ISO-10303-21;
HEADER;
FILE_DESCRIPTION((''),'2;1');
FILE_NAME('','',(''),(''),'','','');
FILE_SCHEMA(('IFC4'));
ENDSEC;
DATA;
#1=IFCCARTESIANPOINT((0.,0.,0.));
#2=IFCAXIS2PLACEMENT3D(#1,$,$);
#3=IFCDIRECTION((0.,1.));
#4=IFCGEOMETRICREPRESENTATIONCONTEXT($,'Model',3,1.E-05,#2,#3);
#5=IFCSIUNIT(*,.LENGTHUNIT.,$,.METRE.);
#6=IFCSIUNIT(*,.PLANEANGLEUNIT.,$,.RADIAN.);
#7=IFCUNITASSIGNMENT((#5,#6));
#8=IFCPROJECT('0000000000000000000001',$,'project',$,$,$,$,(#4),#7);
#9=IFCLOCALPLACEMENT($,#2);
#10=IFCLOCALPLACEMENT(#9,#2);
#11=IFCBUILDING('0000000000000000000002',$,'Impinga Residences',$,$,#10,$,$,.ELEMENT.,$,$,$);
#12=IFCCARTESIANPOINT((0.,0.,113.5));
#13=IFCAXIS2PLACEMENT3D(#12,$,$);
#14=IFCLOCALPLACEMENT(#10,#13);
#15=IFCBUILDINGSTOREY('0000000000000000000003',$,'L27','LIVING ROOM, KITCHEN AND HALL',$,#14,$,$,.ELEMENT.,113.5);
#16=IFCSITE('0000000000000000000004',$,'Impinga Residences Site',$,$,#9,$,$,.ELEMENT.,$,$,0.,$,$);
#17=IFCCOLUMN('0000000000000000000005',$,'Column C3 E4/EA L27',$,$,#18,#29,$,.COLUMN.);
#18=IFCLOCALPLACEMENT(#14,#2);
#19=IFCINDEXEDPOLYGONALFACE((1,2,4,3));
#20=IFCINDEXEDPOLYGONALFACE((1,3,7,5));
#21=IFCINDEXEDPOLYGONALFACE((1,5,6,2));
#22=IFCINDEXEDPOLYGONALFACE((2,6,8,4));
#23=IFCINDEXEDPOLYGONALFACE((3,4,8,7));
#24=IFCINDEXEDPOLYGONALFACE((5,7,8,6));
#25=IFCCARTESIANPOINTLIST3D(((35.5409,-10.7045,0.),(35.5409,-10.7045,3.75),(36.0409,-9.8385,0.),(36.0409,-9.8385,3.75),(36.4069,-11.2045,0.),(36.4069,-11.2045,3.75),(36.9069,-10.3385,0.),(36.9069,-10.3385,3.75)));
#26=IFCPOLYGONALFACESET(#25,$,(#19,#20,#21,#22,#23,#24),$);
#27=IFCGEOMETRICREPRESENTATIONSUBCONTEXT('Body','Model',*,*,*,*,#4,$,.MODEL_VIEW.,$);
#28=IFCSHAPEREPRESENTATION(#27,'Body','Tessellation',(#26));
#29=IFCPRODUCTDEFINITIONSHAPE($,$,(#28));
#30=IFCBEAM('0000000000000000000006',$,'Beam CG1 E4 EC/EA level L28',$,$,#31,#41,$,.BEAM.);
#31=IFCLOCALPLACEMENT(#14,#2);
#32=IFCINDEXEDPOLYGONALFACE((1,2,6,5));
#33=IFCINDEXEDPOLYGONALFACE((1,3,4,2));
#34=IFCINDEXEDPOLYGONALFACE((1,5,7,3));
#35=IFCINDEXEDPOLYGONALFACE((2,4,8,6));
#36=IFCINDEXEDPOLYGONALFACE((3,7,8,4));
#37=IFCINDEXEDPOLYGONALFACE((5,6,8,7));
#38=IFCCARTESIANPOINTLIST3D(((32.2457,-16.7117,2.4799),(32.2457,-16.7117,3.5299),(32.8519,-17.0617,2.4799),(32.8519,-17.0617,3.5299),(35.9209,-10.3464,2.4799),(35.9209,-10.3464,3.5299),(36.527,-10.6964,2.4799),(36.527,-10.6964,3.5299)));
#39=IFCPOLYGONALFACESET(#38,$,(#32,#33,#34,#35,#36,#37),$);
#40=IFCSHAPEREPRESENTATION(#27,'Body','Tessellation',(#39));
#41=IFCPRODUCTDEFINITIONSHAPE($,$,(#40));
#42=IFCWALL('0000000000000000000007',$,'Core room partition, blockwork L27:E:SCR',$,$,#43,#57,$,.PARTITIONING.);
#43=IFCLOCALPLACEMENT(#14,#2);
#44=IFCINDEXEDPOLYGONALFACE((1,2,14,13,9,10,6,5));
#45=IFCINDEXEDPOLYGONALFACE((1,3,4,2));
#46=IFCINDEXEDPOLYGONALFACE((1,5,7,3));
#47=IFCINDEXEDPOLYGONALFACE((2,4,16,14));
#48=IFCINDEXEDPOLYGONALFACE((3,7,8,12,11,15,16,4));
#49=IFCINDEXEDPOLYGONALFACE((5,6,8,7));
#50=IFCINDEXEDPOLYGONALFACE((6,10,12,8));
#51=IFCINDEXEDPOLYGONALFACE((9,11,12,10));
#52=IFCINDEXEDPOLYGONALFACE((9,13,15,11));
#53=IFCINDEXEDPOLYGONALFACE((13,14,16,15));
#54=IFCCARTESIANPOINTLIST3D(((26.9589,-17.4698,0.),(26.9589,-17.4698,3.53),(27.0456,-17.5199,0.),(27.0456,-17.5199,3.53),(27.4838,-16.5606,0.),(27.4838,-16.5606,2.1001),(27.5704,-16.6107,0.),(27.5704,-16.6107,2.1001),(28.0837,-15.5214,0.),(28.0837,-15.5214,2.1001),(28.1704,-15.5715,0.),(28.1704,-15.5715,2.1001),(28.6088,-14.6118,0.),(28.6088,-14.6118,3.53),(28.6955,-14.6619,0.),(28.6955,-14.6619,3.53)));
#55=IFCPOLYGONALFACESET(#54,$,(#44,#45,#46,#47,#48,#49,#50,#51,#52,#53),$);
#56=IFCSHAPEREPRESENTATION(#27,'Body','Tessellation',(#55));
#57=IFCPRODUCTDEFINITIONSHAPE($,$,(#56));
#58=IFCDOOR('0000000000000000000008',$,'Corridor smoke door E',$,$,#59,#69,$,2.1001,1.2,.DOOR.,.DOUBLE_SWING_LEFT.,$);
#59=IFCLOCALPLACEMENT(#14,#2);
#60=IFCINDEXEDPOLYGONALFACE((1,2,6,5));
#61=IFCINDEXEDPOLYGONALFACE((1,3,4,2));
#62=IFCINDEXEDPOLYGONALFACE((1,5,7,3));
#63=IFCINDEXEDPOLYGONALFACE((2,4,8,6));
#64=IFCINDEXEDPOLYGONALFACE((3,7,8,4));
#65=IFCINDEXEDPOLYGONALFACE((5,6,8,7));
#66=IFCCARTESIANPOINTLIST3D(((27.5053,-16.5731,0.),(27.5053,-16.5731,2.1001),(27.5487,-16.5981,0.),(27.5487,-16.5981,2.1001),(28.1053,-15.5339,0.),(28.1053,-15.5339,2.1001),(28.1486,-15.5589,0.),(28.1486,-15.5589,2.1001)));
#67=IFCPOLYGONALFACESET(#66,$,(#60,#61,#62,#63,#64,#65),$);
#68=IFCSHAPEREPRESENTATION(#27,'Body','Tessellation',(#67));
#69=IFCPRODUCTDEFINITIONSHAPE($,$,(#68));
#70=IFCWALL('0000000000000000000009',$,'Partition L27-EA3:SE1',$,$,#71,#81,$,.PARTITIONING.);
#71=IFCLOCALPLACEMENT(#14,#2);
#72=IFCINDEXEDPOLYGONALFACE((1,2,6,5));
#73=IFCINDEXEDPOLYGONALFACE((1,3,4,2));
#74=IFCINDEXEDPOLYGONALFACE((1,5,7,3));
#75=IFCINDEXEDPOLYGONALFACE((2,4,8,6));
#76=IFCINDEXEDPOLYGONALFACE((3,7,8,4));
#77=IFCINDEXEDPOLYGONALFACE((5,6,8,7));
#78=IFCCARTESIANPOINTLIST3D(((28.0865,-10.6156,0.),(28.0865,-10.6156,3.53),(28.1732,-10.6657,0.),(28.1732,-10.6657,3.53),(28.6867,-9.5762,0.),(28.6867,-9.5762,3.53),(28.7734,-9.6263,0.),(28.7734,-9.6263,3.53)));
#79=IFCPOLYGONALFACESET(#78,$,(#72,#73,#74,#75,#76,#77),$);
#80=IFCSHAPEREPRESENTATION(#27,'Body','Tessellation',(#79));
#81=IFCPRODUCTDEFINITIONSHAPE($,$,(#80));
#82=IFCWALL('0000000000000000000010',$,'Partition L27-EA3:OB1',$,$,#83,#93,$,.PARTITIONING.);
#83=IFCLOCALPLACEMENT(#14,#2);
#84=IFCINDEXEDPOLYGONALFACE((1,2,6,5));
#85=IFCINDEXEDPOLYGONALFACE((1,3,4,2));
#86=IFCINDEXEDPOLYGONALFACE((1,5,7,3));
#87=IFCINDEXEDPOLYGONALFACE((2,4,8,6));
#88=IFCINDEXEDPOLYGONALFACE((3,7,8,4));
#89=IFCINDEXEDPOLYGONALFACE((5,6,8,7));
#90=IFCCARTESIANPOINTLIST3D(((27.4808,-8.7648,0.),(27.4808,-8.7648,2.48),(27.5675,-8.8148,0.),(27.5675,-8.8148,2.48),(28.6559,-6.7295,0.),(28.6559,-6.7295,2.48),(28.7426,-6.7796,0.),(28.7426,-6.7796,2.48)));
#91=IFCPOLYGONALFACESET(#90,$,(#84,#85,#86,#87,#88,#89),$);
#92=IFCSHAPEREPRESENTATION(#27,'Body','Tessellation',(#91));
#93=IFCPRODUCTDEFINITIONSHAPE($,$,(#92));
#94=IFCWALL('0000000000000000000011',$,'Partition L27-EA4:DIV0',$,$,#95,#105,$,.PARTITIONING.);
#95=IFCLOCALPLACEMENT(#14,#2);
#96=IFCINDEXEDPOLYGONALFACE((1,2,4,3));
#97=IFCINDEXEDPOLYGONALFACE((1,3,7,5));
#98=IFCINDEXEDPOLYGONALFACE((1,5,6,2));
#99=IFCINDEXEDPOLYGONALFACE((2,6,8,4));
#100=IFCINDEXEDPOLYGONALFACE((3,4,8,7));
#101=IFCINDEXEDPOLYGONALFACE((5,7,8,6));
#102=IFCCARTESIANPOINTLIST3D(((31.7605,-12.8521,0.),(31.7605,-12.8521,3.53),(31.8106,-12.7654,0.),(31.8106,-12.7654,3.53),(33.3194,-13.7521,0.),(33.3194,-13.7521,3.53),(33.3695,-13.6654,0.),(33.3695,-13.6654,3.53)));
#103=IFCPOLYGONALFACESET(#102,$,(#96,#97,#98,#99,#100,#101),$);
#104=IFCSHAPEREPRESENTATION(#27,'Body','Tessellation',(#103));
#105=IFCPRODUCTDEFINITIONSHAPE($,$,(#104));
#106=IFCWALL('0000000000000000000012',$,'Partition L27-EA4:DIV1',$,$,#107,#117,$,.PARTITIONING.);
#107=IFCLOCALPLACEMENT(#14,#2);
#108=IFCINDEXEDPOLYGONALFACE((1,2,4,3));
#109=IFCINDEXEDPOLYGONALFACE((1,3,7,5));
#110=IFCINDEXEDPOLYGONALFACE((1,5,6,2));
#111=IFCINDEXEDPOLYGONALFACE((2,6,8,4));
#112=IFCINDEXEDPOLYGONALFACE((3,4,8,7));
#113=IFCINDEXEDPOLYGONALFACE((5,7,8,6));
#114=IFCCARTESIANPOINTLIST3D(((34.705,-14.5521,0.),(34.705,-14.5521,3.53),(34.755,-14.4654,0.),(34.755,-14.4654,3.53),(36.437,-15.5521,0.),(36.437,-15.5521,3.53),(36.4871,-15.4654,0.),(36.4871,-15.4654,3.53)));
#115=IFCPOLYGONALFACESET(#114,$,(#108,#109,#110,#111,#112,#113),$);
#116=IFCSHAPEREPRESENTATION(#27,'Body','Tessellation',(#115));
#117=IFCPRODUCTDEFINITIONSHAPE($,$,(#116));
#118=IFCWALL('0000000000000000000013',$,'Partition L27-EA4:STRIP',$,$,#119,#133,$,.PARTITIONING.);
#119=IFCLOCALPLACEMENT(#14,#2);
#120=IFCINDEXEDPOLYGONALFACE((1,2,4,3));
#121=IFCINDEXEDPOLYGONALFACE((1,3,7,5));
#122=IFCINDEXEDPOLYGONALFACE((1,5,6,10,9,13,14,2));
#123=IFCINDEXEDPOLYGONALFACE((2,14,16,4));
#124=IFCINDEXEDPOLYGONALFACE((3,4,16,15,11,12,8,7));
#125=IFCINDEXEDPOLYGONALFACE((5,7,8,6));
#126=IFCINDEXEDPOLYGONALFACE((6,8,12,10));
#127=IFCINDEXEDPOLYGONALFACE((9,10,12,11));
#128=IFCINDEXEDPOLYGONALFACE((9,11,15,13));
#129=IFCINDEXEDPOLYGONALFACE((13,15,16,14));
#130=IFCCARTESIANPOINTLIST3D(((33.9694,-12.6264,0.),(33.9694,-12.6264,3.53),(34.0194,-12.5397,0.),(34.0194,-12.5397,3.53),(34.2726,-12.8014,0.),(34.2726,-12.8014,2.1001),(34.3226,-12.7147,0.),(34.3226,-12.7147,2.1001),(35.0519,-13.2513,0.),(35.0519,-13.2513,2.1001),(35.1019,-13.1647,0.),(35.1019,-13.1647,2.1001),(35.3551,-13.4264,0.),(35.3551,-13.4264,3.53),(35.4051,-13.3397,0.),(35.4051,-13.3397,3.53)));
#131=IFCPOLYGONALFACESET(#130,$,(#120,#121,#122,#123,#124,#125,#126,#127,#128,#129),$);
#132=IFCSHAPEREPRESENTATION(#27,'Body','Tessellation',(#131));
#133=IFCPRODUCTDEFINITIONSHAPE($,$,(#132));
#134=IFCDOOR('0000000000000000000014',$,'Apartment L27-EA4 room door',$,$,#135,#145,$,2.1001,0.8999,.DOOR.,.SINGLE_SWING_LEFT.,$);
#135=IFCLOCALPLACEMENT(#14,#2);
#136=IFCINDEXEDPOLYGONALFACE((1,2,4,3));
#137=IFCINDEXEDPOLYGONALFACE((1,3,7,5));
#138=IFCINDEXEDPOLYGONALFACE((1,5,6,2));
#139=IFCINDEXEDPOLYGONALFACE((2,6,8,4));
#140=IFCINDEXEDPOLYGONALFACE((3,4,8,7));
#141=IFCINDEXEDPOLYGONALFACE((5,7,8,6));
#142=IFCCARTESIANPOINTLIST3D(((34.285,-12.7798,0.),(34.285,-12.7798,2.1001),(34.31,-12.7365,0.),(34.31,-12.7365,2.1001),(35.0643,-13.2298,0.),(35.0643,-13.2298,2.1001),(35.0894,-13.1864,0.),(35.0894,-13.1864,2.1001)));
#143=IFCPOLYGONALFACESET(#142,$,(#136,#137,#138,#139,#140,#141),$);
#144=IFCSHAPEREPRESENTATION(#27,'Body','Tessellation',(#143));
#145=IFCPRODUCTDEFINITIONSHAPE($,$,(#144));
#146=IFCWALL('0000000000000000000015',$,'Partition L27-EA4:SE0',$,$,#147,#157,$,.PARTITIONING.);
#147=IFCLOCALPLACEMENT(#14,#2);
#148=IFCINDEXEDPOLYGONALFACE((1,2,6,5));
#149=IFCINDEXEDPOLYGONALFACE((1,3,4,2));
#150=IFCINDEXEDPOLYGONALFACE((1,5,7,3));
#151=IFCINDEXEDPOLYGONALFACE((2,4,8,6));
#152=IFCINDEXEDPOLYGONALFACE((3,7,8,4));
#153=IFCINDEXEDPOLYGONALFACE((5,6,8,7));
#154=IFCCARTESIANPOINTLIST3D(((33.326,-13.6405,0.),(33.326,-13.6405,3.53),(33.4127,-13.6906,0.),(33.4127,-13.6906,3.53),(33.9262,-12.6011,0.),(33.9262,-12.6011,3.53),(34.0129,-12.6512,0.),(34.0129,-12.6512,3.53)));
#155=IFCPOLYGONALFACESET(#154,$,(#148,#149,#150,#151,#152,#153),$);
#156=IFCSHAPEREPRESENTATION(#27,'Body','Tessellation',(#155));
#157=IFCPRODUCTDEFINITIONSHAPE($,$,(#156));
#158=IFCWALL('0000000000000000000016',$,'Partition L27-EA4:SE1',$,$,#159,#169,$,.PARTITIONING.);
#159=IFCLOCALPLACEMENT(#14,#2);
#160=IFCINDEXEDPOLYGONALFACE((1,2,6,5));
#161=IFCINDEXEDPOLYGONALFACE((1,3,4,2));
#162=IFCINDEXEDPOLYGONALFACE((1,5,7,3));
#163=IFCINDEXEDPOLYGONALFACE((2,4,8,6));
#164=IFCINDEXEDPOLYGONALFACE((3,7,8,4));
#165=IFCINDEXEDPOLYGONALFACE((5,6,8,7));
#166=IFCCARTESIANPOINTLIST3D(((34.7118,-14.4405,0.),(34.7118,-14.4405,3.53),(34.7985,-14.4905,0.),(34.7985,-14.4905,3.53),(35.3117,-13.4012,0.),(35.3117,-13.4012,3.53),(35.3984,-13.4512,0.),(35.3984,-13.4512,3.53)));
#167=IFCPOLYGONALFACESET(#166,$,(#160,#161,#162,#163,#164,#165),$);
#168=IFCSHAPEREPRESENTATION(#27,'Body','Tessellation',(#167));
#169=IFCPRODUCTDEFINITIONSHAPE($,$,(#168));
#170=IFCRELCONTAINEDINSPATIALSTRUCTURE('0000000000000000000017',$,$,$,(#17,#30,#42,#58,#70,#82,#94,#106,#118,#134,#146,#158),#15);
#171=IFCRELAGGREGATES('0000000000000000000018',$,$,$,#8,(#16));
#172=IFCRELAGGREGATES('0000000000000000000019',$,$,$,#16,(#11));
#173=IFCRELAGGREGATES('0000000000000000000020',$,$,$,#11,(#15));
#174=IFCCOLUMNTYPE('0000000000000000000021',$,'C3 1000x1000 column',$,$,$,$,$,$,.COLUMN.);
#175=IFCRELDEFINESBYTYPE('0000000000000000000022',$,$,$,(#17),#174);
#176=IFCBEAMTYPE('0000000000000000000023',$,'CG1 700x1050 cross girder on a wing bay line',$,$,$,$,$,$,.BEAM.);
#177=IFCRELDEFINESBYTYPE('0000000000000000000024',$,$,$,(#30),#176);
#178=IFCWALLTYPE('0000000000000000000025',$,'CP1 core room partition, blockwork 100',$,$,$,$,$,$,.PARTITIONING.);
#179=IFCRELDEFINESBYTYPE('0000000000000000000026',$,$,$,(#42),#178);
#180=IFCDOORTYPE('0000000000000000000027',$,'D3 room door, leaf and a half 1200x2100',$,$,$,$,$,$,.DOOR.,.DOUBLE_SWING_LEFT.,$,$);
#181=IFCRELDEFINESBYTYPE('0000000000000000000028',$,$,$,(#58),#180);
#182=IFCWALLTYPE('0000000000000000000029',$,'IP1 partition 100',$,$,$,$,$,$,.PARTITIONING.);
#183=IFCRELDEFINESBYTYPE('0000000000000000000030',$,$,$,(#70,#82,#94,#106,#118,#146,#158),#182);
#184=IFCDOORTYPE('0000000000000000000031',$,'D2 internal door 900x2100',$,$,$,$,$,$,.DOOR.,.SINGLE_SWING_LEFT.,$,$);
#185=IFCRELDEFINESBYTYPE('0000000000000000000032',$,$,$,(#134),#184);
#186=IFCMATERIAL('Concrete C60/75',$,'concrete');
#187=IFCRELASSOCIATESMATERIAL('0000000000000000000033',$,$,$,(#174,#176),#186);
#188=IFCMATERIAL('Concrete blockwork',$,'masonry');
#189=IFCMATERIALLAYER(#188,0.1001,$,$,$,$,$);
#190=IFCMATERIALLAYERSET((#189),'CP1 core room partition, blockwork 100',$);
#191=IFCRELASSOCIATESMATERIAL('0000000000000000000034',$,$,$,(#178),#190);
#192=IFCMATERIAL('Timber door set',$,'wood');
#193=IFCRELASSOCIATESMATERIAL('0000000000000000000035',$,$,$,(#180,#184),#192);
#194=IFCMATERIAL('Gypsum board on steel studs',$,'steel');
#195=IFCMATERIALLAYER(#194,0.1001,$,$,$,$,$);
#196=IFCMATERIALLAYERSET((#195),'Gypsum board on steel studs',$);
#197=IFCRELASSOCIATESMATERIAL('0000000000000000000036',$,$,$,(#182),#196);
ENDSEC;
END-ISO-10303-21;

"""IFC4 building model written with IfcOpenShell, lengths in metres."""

from ifc_helpers import new_model, si_unit, direction, frame, frame_2d, origin, origin_2d, place, context, subcontext, project, spatial, rectangle, extrude, material, layer, layer_set, material_profile, profile_set, type_object, element, fill, save


model = new_model("IFC4")

# Units and contexts
model_context = context("Model", 3, precision=1e-05, world=origin(), true_north=direction((0.0, 1.0)))
body_context = subcontext(model_context, "Body", "Model", "MODEL_VIEW")
ifc_project = project(units=[si_unit("LENGTHUNIT", "METRE"), si_unit("PLANEANGLEUNIT", "RADIAN")], contexts=[model_context])

# Site, building, storey
site_placement = place(None, origin())
site = spatial("IfcSite", under=ifc_project, at=site_placement, Name="Impinga Residences Site", CompositionType="ELEMENT", RefElevation=0.0)
building_placement = place(site_placement, origin())
building = spatial("IfcBuilding", under=site, at=building_placement, Name="Impinga Residences", CompositionType="ELEMENT")
storey_placement = place(building_placement, frame((0.0, 0.0, 113.5)))
storey = spatial("IfcBuildingStorey", under=building, at=storey_placement, Name="L27", Description="LIVING ROOM, KITCHEN AND HALL", CompositionType="ELEMENT", Elevation=113.5)

# Column
ifc_material_1 = material(Name="Concrete C60/75", Category="concrete")
ifc_material_profile_1 = material_profile(ifc_material_1, rectangle(XDim=1.0, YDim=1.0, at=origin_2d()), Name="RC 1000x1000")
ifc_profile_set_1 = profile_set([ifc_material_profile_1], Name="Concrete C60/75")
column_type = type_object("IfcColumnType", Name="C3 1000x1000 column", PredefinedType="COLUMN", material=ifc_profile_set_1)
column_placement = place(storey_placement, frame((36.2239, -10.5215, 0.0), z_axis=(0.0, 0.0, 1.0), x_axis=(-0.5, -0.866025, 0.0)))
element("IfcColumn", 1, at=column_placement, inside=storey, type_object=column_type, Name="Column C3 E4/EA L27", PredefinedType="COLUMN", context=body_context, shape_type="SweptSolid", body=[
    extrude(rectangle(XDim=1.0, YDim=1.0, at=origin_2d()), origin(), (0.0, 0.0, 1.0), 3.75),
])

# Beam
ifc_material_profile_2 = material_profile(ifc_material_1, rectangle(XDim=0.7, YDim=1.05, at=origin_2d()), Name="RC 700x1050")
ifc_profile_set_2 = profile_set([ifc_material_profile_2], Name="Concrete C60/75")
beam_type = type_object("IfcBeamType", Name="CG1 700x1050 cross girder on a wing bay line", PredefinedType="BEAM", material=ifc_profile_set_2)
beam_placement = place(storey_placement, frame((32.5488, -16.8867, 3.0049), z_axis=(0.500008, 0.866021, 0.0), x_axis=(-0.866021, 0.500008, 0.0)))
element("IfcBeam", 2, at=beam_placement, inside=storey, type_object=beam_type, Name="Beam CG1 E4 EC/EA level L28", PredefinedType="BEAM", context=body_context, shape_type="SweptSolid", body=[
    extrude(rectangle(XDim=0.7, YDim=1.05, at=origin_2d()), origin(), (0.0, 0.0, 1.0), 7.3501),
])

# Wall, opening, door
ifc_material_2 = material(Name="Concrete blockwork", Category="masonry")
ifc_layer_1 = layer(ifc_material_2, 0.1001)
ifc_layer_set_1 = layer_set([ifc_layer_1], Name="CP1 core room partition, blockwork 100")
wall_type_1 = type_object("IfcWallType", Name="CP1 core room partition, blockwork 100", PredefinedType="PARTITIONING", material=ifc_layer_set_1)
wall_1_placement = place(storey_placement, frame((28.6521, -14.637, 0.0), z_axis=(0.0, 0.0, 1.0), x_axis=(-0.499974, -0.86604, 0.0)))
wall_1 = element("IfcWall", 3, at=wall_1_placement, inside=storey, type_object=wall_type_1, Name="Core room partition, blockwork L27:E:SCR", PredefinedType="PARTITIONING", context=body_context, shape_type="SweptSolid", body=[
    extrude(rectangle(XDim=3.3, YDim=0.1001, at=frame_2d((1.6499, 0.0))), origin(), (0.0, 0.0, 1.0), 3.53),
])
opening_1_placement = place(wall_1_placement, frame((1.05, 0.0, 0.0)))
opening_1 = element("IfcOpeningElement", 4, at=opening_1_placement, cuts=wall_1, PredefinedType="OPENING", context=body_context, shape_type="SweptSolid", body=[
    extrude(rectangle(XDim=1.2, YDim=2.1001, at=frame_2d((0.6001, 1.05))), frame((0.0, 0.0601, 0.0), z_axis=(0.0, -1.0, 0.0), x_axis=(1.0, 0.0, 0.0)), (0.0, 0.0, 1.0), 0.1201),
])
ifc_material_3 = material(Name="Timber door set", Category="wood")
door_type_1 = type_object("IfcDoorType", Name="D3 room door, leaf and a half 1200x2100", OperationType="DOUBLE_SWING_LEFT", PredefinedType="DOOR", material=ifc_material_3)
door_1_placement = place(opening_1_placement, origin())
door_1 = element("IfcDoor", 5, at=door_1_placement, inside=storey, type_object=door_type_1, Name="Corridor smoke door E", OperationType="DOUBLE_SWING_LEFT", OverallHeight=2.1001, OverallWidth=1.2, PredefinedType="DOOR", context=body_context, shape_type="SweptSolid", body=[
    extrude(rectangle(XDim=1.2, YDim=2.1001, at=frame_2d((0.6001, 1.05))), frame((0.0, 0.0249, 0.0), z_axis=(0.0, -1.0, 0.0), x_axis=(1.0, 0.0, 0.0)), (0.0, 0.0, 1.0), 0.05),
])
fill(opening_1, door_1)

# Walls
ifc_material_4 = material(Name="Gypsum board on steel studs", Category="steel")
ifc_layer_2 = layer(ifc_material_4, 0.1001)
ifc_layer_set_2 = layer_set([ifc_layer_2], Name="Gypsum board on steel studs")
wall_type_2 = type_object("IfcWallType", Name="IP1 partition 100", PredefinedType="PARTITIONING", material=ifc_layer_set_2)
wall_2_placement = place(storey_placement, frame((28.1299, -10.6406, 0.0), z_axis=(0.0, 0.0, 1.0), x_axis=(0.500034, 0.866006, 0.0)))
element("IfcWall", 6, at=wall_2_placement, inside=storey, type_object=wall_type_2, Name="Partition L27-EA3:SE1", PredefinedType="PARTITIONING", context=body_context, shape_type="SweptSolid", body=[
    extrude(rectangle(XDim=1.2002, YDim=0.1001, at=frame_2d((0.6001, 0.0))), origin(), (0.0, 0.0, 1.0), 3.53),
])
wall_3_placement = place(storey_placement, frame((27.5242, -8.7898, 0.0), z_axis=(0.0, 0.0, 1.0), x_axis=(0.500016, 0.866016, 0.0)))
element("IfcWall", 7, at=wall_3_placement, inside=storey, type_object=wall_type_2, Name="Partition L27-EA3:OB1", PredefinedType="PARTITIONING", context=body_context, shape_type="SweptSolid", body=[
    extrude(rectangle(XDim=2.3501, YDim=0.1001, at=frame_2d((1.175, 0.0))), origin(), (0.0, 0.0, 1.0), 2.48),
])
wall_4_placement = place(storey_placement, frame((31.7856, -12.8088, 0.0), z_axis=(0.0, 0.0, 1.0), x_axis=(0.866048, -0.499961, 0.0)))
element("IfcWall", 8, at=wall_4_placement, inside=storey, type_object=wall_type_2, Name="Partition L27-EA4:DIV0", PredefinedType="PARTITIONING", context=body_context, shape_type="SweptSolid", body=[
    extrude(rectangle(XDim=1.8, YDim=0.1001, at=frame_2d((0.8999, 0.0))), origin(), (0.0, 0.0, 1.0), 3.53),
])
wall_5_placement = place(storey_placement, frame((34.73, -14.5088, 0.0), z_axis=(0.0, 0.0, 1.0), x_axis=(0.866041, -0.499973, 0.0)))
element("IfcWall", 9, at=wall_5_placement, inside=storey, type_object=wall_type_2, Name="Partition L27-EA4:DIV1", PredefinedType="PARTITIONING", context=body_context, shape_type="SweptSolid", body=[
    extrude(rectangle(XDim=2.0, YDim=0.1001, at=frame_2d((1.0, 0.0))), origin(), (0.0, 0.0, 1.0), 3.53),
])

# Wall, opening, door
wall_6_placement = place(storey_placement, frame((33.9944, -12.583, 0.0), z_axis=(0.0, 0.0, 1.0), x_axis=(0.866028, -0.499995, 0.0)))
wall_6 = element("IfcWall", 10, at=wall_6_placement, inside=storey, type_object=wall_type_2, Name="Partition L27-EA4:STRIP", PredefinedType="PARTITIONING", context=body_context, shape_type="SweptSolid", body=[
    extrude(rectangle(XDim=1.6001, YDim=0.1001, at=frame_2d((0.8, 0.0))), origin(), (0.0, 0.0, 1.0), 3.53),
])
opening_2_placement = place(wall_6_placement, frame((0.3501, 0.0, 0.0)))
opening_2 = element("IfcOpeningElement", 11, at=opening_2_placement, cuts=wall_6, PredefinedType="OPENING", context=body_context, shape_type="SweptSolid", body=[
    extrude(rectangle(XDim=0.8999, YDim=2.1001, at=frame_2d((0.45, 1.05))), frame((0.0, 0.0601, 0.0), z_axis=(0.0, -1.0, 0.0), x_axis=(1.0, 0.0, 0.0)), (0.0, 0.0, 1.0), 0.1201),
])
door_type_2 = type_object("IfcDoorType", Name="D2 internal door 900x2100", OperationType="SINGLE_SWING_LEFT", PredefinedType="DOOR", material=ifc_material_3)
door_2_placement = place(opening_2_placement, origin())
door_2 = element("IfcDoor", 12, at=door_2_placement, inside=storey, type_object=door_type_2, Name="Apartment L27-EA4 room door", OperationType="SINGLE_SWING_LEFT", OverallHeight=2.1001, OverallWidth=0.8999, PredefinedType="DOOR", context=body_context, shape_type="SweptSolid", body=[
    extrude(rectangle(XDim=0.8999, YDim=2.1001, at=frame_2d((0.45, 1.05))), frame((0.0, 0.0249, 0.0), z_axis=(0.0, -1.0, 0.0), x_axis=(1.0, 0.0, 0.0)), (0.0, 0.0, 1.0), 0.05),
])
fill(opening_2, door_2)

# Walls
wall_7_placement = place(storey_placement, frame((33.3694, -13.6655, 0.0), z_axis=(0.0, 0.0, 1.0), x_axis=(0.500034, 0.866006, 0.0)))
element("IfcWall", 13, at=wall_7_placement, inside=storey, type_object=wall_type_2, Name="Partition L27-EA4:SE0", PredefinedType="PARTITIONING", context=body_context, shape_type="SweptSolid", body=[
    extrude(rectangle(XDim=1.2002, YDim=0.1001, at=frame_2d((0.6001, 0.0))), origin(), (0.0, 0.0, 1.0), 3.53),
])
wall_8_placement = place(storey_placement, frame((34.7551, -14.4656, 0.0), z_axis=(0.0, 0.0, 1.0), x_axis=(0.499881, 0.866094, 0.0)))
element("IfcWall", 14, at=wall_8_placement, inside=storey, type_object=wall_type_2, Name="Partition L27-EA4:SE1", PredefinedType="PARTITIONING", context=body_context, shape_type="SweptSolid", body=[
    extrude(rectangle(XDim=1.2, YDim=0.1001, at=frame_2d((0.6001, 0.0))), origin(), (0.0, 0.0, 1.0), 3.53),
])

save(model, "model.ifc")
